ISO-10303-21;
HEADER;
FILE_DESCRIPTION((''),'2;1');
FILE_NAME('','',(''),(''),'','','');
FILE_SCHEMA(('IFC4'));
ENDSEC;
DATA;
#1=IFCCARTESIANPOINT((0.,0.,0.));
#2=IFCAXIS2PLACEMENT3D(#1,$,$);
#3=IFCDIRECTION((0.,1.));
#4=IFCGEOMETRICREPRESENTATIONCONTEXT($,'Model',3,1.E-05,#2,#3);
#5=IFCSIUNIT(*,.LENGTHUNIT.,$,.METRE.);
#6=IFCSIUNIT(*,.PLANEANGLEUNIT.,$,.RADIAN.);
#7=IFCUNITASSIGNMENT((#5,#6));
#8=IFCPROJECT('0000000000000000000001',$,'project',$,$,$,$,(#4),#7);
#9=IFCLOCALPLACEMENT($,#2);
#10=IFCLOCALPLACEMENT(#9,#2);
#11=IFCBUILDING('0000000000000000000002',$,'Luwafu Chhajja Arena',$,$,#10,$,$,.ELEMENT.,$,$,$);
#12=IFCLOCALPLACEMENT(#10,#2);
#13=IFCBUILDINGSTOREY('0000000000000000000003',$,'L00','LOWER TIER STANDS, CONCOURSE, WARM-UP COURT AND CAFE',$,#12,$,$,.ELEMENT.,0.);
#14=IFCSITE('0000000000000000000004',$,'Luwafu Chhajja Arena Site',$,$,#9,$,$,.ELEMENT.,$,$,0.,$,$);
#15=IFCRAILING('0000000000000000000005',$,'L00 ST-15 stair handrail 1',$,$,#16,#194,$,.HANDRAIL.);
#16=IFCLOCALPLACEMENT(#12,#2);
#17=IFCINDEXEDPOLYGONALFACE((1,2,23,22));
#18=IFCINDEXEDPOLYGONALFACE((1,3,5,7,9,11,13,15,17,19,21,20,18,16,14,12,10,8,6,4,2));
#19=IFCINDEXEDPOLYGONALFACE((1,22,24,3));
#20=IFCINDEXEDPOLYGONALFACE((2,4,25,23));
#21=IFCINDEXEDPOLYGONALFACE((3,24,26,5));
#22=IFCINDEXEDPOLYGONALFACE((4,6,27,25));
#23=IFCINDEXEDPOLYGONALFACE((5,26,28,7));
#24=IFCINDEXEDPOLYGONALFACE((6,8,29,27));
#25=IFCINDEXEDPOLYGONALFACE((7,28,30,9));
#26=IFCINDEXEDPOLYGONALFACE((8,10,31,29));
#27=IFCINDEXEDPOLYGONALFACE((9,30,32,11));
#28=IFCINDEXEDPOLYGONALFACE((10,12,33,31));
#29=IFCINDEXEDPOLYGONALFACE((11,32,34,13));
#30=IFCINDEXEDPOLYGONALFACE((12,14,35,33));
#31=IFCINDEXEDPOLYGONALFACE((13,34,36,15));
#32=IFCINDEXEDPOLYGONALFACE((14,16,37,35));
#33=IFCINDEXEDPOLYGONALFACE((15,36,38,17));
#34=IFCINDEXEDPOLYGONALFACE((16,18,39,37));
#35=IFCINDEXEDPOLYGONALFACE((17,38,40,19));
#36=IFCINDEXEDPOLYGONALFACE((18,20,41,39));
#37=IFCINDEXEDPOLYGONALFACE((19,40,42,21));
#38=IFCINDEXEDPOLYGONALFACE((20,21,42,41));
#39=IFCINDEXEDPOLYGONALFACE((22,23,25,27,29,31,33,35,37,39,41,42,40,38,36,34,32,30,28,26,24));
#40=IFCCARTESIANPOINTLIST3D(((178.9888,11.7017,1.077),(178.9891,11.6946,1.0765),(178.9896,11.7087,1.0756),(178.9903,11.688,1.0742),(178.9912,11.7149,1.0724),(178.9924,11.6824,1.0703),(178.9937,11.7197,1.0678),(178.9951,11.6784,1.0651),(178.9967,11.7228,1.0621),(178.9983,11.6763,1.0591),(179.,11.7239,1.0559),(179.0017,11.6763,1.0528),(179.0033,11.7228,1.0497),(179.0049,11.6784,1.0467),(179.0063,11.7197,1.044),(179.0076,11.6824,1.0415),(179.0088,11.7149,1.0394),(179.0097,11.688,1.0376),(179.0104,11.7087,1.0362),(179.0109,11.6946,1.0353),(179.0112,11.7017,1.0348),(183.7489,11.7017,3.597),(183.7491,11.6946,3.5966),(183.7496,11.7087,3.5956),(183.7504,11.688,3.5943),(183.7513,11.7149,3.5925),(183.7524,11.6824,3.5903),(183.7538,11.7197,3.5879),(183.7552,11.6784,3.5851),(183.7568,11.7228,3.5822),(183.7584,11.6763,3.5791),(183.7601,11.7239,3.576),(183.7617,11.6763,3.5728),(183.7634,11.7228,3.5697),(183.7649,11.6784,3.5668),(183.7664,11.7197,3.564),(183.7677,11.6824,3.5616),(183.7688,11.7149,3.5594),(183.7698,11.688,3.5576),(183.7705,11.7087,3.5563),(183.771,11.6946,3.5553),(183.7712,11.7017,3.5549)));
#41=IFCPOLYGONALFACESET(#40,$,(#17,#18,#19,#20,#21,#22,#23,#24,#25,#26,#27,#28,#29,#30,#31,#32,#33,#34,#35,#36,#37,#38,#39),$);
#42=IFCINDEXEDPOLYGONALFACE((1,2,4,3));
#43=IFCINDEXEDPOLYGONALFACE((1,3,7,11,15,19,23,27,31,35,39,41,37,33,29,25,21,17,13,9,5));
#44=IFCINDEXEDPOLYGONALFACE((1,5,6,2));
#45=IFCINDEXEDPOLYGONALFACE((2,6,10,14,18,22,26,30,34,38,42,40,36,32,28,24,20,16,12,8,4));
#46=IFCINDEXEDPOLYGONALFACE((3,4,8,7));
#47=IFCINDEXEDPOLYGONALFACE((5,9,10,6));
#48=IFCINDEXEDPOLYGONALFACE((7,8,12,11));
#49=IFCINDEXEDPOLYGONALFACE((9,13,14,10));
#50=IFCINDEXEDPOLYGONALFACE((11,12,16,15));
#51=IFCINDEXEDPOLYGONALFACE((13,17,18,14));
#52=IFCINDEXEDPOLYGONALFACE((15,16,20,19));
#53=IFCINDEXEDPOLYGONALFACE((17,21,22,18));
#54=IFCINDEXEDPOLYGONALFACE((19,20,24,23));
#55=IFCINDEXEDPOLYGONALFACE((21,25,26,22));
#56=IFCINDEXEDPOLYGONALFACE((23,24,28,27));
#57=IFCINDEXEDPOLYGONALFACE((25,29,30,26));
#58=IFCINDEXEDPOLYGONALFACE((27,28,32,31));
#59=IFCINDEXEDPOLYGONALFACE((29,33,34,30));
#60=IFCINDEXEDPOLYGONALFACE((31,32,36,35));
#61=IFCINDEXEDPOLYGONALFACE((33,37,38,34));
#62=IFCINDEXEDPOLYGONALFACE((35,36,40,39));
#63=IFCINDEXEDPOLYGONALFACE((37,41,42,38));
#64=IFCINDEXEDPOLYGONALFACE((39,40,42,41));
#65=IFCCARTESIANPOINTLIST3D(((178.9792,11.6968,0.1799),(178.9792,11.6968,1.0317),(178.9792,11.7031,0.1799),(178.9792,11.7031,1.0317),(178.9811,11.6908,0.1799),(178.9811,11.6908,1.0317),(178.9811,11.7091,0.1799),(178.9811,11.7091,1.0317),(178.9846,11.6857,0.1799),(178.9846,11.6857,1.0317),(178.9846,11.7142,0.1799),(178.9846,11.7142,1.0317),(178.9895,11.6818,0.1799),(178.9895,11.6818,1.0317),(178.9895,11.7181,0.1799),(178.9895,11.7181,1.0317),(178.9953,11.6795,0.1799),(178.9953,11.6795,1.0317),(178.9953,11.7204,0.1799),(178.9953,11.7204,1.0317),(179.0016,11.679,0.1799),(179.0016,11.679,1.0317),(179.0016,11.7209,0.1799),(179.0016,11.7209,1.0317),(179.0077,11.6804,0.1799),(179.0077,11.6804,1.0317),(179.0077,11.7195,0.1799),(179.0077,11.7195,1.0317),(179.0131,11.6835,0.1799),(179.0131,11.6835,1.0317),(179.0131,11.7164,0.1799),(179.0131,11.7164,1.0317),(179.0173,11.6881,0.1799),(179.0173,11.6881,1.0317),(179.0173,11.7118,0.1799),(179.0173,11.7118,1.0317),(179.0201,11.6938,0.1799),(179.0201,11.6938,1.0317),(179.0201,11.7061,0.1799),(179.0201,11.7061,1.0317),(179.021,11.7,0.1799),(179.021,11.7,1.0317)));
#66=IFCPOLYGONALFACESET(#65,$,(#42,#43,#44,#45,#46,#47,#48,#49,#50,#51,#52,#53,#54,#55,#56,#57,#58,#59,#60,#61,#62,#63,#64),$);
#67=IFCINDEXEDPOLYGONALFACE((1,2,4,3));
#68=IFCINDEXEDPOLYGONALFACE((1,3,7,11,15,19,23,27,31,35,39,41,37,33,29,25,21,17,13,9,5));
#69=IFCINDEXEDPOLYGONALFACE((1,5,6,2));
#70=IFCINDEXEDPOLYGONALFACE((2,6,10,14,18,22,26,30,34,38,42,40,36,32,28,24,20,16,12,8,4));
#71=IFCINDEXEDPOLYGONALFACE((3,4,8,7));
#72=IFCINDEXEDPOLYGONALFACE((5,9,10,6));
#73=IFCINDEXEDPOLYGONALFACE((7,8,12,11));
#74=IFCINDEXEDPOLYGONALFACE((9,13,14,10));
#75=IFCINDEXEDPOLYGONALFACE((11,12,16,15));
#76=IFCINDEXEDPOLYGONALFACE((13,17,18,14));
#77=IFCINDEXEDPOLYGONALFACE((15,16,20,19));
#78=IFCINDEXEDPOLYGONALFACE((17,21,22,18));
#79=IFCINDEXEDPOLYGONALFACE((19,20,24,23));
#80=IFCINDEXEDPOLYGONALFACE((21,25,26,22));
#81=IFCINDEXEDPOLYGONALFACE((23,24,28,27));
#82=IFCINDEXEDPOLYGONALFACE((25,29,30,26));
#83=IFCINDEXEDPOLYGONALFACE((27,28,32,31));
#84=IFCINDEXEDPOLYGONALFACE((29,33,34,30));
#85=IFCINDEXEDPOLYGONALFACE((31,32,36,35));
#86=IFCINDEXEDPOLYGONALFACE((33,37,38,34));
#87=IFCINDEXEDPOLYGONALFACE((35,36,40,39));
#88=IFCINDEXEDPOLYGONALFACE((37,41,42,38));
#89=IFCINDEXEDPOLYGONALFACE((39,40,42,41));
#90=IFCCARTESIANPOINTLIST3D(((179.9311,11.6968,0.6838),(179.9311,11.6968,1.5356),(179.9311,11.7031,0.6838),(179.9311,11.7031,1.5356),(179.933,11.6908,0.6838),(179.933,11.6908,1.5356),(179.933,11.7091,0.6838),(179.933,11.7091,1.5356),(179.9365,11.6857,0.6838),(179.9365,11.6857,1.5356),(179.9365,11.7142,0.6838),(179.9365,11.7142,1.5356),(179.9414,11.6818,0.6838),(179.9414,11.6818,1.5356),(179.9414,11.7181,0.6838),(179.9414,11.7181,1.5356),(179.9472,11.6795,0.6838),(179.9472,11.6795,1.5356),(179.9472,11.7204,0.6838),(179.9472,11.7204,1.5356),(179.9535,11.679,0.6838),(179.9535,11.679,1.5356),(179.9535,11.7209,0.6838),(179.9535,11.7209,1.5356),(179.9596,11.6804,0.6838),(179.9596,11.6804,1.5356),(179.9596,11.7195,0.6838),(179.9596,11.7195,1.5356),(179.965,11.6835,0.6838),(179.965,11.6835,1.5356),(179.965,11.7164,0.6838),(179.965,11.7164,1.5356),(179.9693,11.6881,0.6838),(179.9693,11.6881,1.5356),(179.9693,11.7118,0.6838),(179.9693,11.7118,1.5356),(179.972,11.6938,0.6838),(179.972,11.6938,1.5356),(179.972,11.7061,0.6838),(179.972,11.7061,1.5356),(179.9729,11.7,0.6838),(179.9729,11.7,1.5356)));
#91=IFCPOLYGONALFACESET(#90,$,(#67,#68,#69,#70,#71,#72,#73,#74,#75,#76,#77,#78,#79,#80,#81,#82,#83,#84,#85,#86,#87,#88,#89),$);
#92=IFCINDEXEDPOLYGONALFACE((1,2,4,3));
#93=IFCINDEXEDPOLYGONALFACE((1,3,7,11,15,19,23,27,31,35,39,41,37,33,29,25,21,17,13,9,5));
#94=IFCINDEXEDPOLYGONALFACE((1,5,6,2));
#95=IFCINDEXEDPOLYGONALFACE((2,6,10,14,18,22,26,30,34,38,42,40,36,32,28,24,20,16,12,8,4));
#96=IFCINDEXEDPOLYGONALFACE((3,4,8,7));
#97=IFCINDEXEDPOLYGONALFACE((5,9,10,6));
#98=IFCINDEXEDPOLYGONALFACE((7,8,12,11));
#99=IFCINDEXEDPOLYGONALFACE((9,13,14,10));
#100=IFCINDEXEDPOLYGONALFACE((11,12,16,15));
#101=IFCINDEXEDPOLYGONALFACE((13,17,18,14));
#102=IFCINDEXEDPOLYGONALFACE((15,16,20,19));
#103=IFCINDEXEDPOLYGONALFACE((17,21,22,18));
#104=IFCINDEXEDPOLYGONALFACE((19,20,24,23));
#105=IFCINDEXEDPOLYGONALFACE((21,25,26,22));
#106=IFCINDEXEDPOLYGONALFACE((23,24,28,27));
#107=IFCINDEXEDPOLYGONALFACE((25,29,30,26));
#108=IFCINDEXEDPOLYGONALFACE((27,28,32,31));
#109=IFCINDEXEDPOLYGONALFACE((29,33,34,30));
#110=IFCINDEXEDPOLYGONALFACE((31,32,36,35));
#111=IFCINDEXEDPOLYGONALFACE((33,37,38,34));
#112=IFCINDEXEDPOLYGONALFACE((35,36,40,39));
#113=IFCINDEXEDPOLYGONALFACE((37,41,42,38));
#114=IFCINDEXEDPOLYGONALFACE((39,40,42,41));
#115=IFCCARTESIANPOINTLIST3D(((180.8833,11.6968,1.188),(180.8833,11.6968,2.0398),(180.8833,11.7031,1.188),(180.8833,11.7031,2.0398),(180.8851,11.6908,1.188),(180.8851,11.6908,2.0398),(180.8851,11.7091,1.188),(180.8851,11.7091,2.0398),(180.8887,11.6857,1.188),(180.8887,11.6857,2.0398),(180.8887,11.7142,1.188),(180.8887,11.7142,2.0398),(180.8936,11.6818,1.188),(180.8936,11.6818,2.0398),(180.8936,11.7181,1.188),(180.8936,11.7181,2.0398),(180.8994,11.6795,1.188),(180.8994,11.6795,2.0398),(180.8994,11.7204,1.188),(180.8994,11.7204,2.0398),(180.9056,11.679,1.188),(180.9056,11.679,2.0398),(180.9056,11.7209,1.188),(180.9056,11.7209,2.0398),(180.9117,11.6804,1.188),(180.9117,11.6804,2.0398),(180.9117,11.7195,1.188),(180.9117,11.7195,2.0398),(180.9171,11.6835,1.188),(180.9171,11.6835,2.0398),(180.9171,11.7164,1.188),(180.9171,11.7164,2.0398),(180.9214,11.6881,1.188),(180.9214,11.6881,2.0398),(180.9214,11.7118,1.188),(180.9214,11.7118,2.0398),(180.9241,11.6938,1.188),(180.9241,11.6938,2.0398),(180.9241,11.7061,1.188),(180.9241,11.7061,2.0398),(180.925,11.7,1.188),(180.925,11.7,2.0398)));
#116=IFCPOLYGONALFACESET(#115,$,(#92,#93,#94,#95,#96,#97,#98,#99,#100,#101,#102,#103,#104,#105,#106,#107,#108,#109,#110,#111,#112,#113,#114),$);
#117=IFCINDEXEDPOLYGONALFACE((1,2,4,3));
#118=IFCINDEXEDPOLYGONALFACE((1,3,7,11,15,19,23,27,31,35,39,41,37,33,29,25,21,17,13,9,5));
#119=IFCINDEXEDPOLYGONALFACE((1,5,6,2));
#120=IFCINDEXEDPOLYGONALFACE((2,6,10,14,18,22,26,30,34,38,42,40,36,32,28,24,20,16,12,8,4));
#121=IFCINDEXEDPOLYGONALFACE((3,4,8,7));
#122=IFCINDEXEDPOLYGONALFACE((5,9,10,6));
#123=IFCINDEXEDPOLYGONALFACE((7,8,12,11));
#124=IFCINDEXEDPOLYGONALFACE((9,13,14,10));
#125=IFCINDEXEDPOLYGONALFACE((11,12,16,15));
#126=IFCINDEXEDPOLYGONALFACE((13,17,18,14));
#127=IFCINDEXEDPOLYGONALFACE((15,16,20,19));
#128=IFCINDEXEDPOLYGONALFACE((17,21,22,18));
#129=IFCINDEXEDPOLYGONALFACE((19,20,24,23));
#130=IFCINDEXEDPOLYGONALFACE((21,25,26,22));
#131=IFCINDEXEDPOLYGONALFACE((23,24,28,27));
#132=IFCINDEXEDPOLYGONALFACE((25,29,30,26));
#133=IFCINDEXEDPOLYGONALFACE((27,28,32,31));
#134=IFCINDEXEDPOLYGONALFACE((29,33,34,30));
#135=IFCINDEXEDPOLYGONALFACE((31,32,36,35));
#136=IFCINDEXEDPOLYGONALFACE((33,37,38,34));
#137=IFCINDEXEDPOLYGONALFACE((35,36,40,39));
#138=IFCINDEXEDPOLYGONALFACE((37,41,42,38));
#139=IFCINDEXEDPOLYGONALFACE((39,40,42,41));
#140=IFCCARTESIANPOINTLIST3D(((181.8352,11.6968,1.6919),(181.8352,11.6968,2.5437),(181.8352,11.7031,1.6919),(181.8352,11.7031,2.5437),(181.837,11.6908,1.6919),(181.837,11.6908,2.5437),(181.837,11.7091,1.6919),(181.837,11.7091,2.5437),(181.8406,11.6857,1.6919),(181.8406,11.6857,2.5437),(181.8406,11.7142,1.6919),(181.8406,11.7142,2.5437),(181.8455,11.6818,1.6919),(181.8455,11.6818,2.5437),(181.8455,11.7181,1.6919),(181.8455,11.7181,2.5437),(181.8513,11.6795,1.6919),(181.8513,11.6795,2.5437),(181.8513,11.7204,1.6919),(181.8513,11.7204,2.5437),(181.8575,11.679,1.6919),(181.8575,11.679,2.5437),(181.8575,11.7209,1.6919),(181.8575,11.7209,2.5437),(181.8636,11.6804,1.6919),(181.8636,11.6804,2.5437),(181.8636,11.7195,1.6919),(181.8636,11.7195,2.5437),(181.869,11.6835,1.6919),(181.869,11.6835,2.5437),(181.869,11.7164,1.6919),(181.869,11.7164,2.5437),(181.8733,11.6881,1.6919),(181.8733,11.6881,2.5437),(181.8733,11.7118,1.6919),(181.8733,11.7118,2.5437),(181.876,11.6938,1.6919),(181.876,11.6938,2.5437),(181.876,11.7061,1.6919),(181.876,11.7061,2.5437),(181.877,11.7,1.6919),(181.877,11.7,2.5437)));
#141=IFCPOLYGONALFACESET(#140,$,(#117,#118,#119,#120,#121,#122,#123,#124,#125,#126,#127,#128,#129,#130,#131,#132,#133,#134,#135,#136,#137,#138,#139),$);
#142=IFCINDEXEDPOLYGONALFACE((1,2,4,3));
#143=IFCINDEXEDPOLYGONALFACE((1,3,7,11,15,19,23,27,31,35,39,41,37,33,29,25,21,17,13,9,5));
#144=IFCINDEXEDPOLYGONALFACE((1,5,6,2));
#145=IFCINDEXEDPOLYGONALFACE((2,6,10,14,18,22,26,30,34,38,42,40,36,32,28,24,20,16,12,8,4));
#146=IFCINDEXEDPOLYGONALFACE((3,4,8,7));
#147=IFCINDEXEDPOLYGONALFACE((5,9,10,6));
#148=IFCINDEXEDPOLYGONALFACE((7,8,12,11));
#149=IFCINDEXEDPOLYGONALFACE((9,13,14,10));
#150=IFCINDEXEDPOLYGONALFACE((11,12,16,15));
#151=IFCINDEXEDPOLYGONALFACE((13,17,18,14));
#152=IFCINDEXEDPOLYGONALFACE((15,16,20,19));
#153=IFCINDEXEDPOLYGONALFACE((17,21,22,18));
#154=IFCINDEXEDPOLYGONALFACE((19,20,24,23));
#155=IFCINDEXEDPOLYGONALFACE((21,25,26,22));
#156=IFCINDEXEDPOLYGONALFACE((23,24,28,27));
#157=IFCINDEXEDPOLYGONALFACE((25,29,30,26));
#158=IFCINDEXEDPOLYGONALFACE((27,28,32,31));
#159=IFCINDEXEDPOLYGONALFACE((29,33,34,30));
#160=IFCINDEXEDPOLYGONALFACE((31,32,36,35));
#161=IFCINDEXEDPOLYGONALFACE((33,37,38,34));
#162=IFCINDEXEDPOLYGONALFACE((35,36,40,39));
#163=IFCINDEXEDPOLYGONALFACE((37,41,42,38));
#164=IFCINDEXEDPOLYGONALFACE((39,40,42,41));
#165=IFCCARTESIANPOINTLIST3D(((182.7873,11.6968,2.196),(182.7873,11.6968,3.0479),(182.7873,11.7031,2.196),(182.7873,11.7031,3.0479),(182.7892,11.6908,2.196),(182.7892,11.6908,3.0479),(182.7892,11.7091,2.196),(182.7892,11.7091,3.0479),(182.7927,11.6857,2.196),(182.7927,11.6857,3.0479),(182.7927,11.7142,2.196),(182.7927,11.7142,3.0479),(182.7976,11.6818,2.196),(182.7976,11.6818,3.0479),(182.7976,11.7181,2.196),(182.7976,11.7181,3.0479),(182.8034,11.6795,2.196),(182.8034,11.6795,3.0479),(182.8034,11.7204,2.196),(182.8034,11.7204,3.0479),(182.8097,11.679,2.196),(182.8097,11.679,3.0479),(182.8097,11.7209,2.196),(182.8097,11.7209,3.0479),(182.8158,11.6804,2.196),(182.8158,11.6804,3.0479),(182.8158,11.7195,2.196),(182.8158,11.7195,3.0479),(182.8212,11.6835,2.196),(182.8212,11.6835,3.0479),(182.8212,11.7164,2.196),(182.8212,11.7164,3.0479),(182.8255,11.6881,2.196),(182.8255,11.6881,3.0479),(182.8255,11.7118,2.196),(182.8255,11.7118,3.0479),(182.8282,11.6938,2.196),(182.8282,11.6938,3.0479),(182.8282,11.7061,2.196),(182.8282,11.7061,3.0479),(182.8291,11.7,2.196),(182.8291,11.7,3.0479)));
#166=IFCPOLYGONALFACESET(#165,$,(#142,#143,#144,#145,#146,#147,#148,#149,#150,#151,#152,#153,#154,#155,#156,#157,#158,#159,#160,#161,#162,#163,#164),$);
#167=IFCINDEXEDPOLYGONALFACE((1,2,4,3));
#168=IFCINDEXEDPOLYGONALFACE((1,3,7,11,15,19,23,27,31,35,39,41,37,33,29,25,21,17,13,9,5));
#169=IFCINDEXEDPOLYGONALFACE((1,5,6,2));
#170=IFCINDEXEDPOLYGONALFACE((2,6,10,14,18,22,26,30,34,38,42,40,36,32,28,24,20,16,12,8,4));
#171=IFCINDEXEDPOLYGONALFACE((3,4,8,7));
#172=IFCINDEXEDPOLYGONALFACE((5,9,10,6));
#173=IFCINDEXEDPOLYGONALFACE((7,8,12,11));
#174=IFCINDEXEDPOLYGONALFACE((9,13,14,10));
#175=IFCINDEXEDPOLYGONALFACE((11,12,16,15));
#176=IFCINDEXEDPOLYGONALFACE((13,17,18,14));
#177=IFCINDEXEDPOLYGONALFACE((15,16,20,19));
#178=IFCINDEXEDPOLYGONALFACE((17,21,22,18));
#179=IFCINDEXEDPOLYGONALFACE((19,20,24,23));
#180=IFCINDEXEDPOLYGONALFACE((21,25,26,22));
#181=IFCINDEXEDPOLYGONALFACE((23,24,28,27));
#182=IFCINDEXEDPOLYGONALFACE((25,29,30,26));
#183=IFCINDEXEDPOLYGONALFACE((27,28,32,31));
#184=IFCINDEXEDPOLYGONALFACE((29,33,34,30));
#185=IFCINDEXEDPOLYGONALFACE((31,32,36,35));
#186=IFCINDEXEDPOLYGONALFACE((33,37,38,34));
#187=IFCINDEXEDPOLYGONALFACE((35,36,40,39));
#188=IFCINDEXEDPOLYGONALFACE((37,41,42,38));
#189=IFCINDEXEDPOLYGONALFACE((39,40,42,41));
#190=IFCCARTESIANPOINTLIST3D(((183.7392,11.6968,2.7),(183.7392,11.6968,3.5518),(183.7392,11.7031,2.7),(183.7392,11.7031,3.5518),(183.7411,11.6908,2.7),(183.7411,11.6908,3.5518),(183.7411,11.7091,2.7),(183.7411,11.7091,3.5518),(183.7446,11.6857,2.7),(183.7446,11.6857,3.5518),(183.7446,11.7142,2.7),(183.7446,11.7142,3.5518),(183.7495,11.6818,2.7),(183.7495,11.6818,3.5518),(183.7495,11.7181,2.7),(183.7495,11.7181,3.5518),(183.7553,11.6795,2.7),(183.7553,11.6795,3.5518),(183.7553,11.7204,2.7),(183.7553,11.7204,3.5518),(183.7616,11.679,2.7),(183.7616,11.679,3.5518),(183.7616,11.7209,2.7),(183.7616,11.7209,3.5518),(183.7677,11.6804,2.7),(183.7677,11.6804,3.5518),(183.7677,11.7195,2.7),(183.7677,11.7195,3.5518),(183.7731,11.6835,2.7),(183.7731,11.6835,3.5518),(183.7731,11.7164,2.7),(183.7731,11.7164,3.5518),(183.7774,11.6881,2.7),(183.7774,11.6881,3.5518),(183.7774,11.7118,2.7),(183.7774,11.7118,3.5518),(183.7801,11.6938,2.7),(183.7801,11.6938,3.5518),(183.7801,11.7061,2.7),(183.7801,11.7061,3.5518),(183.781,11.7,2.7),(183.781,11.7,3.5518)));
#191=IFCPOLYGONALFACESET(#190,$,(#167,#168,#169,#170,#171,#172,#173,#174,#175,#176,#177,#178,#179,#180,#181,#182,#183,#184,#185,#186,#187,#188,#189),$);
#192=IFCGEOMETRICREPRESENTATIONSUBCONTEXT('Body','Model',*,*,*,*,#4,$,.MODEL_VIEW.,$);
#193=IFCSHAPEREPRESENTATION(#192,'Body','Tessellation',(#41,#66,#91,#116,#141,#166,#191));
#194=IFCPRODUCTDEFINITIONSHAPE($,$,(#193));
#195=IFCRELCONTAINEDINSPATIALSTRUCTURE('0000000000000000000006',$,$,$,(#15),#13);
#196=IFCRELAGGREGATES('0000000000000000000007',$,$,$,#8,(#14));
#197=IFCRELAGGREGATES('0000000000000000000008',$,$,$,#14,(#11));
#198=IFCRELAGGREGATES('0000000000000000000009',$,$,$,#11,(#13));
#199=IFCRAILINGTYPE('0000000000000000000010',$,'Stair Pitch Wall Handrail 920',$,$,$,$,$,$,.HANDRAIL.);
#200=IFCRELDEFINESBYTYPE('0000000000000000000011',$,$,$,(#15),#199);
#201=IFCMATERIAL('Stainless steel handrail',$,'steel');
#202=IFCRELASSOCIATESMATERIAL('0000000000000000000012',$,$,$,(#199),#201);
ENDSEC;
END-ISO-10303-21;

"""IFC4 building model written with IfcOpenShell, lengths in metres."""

from ifc_helpers import new_model, si_unit, direction, frame, origin, origin_2d, place, context, subcontext, project, spatial, circle, extrude, material, type_object, element, save


model = new_model("IFC4")

# Units and contexts
model_context = context("Model", 3, precision=1e-05, world=origin(), true_north=direction((0.0, 1.0)))
body_context = subcontext(model_context, "Body", "Model", "MODEL_VIEW")
ifc_project = project(units=[si_unit("LENGTHUNIT", "METRE"), si_unit("PLANEANGLEUNIT", "RADIAN")], contexts=[model_context])

# Site, building, storey
site_placement = place(None, origin())
site = spatial("IfcSite", under=ifc_project, at=site_placement, Name="Luwafu Chhajja Arena Site", CompositionType="ELEMENT", RefElevation=0.0)
building_placement = place(site_placement, origin())
building = spatial("IfcBuilding", under=site, at=building_placement, Name="Luwafu Chhajja Arena", CompositionType="ELEMENT")
storey_placement = place(building_placement, origin())
storey = spatial("IfcBuildingStorey", under=building, at=storey_placement, Name="L00", Description="LOWER TIER STANDS, CONCOURSE, WARM-UP COURT AND CAFE", CompositionType="ELEMENT", Elevation=0.0)

# Railing
ifc_material_1 = material(Name="Stainless steel handrail", Category="steel")
railing_type_1 = type_object("IfcRailingType", Name="Stair Pitch Wall Handrail 920", PredefinedType="HANDRAIL", material=ifc_material_1)
for number, where, name in (
    (1, (179.0, 11.7, 0.1799), "L00 ST-15 stair handrail 1"),
):
    element("IfcRailing", number, at=place(storey_placement, frame(where)), inside=storey, type_object=railing_type_1, Name=name, PredefinedType="HANDRAIL", context=body_context, shape_type="SweptSolid", body=[
        extrude(circle(Radius=0.0239, at=origin_2d()), frame((0.0, 0.0, 0.876), z_axis=(0.883787, 0.0, 0.46789), x_axis=(0.0, 1.0, 0.0)), (0.0, 0.0, 1.0), 5.386),
        extrude(circle(Radius=0.021, at=origin_2d()), origin(), (0.0, 0.0, 1.0), 0.8518),
        extrude(circle(Radius=0.021, at=origin_2d()), frame((0.9519, 0.0, 0.5039)), (0.0, 0.0, 1.0), 0.8518),
        extrude(circle(Radius=0.021, at=origin_2d()), frame((1.9041, 0.0, 1.0081)), (0.0, 0.0, 1.0), 0.8518),
        extrude(circle(Radius=0.021, at=origin_2d()), frame((2.856, 0.0, 1.512)), (0.0, 0.0, 1.0), 0.8518),
        extrude(circle(Radius=0.021, at=origin_2d()), frame((3.8081, 0.0, 2.0161)), (0.0, 0.0, 1.0), 0.8518),
        extrude(circle(Radius=0.021, at=origin_2d()), frame((4.76, 0.0, 2.52)), (0.0, 0.0, 1.0), 0.8518),
    ])

save(model, "model.ifc")
